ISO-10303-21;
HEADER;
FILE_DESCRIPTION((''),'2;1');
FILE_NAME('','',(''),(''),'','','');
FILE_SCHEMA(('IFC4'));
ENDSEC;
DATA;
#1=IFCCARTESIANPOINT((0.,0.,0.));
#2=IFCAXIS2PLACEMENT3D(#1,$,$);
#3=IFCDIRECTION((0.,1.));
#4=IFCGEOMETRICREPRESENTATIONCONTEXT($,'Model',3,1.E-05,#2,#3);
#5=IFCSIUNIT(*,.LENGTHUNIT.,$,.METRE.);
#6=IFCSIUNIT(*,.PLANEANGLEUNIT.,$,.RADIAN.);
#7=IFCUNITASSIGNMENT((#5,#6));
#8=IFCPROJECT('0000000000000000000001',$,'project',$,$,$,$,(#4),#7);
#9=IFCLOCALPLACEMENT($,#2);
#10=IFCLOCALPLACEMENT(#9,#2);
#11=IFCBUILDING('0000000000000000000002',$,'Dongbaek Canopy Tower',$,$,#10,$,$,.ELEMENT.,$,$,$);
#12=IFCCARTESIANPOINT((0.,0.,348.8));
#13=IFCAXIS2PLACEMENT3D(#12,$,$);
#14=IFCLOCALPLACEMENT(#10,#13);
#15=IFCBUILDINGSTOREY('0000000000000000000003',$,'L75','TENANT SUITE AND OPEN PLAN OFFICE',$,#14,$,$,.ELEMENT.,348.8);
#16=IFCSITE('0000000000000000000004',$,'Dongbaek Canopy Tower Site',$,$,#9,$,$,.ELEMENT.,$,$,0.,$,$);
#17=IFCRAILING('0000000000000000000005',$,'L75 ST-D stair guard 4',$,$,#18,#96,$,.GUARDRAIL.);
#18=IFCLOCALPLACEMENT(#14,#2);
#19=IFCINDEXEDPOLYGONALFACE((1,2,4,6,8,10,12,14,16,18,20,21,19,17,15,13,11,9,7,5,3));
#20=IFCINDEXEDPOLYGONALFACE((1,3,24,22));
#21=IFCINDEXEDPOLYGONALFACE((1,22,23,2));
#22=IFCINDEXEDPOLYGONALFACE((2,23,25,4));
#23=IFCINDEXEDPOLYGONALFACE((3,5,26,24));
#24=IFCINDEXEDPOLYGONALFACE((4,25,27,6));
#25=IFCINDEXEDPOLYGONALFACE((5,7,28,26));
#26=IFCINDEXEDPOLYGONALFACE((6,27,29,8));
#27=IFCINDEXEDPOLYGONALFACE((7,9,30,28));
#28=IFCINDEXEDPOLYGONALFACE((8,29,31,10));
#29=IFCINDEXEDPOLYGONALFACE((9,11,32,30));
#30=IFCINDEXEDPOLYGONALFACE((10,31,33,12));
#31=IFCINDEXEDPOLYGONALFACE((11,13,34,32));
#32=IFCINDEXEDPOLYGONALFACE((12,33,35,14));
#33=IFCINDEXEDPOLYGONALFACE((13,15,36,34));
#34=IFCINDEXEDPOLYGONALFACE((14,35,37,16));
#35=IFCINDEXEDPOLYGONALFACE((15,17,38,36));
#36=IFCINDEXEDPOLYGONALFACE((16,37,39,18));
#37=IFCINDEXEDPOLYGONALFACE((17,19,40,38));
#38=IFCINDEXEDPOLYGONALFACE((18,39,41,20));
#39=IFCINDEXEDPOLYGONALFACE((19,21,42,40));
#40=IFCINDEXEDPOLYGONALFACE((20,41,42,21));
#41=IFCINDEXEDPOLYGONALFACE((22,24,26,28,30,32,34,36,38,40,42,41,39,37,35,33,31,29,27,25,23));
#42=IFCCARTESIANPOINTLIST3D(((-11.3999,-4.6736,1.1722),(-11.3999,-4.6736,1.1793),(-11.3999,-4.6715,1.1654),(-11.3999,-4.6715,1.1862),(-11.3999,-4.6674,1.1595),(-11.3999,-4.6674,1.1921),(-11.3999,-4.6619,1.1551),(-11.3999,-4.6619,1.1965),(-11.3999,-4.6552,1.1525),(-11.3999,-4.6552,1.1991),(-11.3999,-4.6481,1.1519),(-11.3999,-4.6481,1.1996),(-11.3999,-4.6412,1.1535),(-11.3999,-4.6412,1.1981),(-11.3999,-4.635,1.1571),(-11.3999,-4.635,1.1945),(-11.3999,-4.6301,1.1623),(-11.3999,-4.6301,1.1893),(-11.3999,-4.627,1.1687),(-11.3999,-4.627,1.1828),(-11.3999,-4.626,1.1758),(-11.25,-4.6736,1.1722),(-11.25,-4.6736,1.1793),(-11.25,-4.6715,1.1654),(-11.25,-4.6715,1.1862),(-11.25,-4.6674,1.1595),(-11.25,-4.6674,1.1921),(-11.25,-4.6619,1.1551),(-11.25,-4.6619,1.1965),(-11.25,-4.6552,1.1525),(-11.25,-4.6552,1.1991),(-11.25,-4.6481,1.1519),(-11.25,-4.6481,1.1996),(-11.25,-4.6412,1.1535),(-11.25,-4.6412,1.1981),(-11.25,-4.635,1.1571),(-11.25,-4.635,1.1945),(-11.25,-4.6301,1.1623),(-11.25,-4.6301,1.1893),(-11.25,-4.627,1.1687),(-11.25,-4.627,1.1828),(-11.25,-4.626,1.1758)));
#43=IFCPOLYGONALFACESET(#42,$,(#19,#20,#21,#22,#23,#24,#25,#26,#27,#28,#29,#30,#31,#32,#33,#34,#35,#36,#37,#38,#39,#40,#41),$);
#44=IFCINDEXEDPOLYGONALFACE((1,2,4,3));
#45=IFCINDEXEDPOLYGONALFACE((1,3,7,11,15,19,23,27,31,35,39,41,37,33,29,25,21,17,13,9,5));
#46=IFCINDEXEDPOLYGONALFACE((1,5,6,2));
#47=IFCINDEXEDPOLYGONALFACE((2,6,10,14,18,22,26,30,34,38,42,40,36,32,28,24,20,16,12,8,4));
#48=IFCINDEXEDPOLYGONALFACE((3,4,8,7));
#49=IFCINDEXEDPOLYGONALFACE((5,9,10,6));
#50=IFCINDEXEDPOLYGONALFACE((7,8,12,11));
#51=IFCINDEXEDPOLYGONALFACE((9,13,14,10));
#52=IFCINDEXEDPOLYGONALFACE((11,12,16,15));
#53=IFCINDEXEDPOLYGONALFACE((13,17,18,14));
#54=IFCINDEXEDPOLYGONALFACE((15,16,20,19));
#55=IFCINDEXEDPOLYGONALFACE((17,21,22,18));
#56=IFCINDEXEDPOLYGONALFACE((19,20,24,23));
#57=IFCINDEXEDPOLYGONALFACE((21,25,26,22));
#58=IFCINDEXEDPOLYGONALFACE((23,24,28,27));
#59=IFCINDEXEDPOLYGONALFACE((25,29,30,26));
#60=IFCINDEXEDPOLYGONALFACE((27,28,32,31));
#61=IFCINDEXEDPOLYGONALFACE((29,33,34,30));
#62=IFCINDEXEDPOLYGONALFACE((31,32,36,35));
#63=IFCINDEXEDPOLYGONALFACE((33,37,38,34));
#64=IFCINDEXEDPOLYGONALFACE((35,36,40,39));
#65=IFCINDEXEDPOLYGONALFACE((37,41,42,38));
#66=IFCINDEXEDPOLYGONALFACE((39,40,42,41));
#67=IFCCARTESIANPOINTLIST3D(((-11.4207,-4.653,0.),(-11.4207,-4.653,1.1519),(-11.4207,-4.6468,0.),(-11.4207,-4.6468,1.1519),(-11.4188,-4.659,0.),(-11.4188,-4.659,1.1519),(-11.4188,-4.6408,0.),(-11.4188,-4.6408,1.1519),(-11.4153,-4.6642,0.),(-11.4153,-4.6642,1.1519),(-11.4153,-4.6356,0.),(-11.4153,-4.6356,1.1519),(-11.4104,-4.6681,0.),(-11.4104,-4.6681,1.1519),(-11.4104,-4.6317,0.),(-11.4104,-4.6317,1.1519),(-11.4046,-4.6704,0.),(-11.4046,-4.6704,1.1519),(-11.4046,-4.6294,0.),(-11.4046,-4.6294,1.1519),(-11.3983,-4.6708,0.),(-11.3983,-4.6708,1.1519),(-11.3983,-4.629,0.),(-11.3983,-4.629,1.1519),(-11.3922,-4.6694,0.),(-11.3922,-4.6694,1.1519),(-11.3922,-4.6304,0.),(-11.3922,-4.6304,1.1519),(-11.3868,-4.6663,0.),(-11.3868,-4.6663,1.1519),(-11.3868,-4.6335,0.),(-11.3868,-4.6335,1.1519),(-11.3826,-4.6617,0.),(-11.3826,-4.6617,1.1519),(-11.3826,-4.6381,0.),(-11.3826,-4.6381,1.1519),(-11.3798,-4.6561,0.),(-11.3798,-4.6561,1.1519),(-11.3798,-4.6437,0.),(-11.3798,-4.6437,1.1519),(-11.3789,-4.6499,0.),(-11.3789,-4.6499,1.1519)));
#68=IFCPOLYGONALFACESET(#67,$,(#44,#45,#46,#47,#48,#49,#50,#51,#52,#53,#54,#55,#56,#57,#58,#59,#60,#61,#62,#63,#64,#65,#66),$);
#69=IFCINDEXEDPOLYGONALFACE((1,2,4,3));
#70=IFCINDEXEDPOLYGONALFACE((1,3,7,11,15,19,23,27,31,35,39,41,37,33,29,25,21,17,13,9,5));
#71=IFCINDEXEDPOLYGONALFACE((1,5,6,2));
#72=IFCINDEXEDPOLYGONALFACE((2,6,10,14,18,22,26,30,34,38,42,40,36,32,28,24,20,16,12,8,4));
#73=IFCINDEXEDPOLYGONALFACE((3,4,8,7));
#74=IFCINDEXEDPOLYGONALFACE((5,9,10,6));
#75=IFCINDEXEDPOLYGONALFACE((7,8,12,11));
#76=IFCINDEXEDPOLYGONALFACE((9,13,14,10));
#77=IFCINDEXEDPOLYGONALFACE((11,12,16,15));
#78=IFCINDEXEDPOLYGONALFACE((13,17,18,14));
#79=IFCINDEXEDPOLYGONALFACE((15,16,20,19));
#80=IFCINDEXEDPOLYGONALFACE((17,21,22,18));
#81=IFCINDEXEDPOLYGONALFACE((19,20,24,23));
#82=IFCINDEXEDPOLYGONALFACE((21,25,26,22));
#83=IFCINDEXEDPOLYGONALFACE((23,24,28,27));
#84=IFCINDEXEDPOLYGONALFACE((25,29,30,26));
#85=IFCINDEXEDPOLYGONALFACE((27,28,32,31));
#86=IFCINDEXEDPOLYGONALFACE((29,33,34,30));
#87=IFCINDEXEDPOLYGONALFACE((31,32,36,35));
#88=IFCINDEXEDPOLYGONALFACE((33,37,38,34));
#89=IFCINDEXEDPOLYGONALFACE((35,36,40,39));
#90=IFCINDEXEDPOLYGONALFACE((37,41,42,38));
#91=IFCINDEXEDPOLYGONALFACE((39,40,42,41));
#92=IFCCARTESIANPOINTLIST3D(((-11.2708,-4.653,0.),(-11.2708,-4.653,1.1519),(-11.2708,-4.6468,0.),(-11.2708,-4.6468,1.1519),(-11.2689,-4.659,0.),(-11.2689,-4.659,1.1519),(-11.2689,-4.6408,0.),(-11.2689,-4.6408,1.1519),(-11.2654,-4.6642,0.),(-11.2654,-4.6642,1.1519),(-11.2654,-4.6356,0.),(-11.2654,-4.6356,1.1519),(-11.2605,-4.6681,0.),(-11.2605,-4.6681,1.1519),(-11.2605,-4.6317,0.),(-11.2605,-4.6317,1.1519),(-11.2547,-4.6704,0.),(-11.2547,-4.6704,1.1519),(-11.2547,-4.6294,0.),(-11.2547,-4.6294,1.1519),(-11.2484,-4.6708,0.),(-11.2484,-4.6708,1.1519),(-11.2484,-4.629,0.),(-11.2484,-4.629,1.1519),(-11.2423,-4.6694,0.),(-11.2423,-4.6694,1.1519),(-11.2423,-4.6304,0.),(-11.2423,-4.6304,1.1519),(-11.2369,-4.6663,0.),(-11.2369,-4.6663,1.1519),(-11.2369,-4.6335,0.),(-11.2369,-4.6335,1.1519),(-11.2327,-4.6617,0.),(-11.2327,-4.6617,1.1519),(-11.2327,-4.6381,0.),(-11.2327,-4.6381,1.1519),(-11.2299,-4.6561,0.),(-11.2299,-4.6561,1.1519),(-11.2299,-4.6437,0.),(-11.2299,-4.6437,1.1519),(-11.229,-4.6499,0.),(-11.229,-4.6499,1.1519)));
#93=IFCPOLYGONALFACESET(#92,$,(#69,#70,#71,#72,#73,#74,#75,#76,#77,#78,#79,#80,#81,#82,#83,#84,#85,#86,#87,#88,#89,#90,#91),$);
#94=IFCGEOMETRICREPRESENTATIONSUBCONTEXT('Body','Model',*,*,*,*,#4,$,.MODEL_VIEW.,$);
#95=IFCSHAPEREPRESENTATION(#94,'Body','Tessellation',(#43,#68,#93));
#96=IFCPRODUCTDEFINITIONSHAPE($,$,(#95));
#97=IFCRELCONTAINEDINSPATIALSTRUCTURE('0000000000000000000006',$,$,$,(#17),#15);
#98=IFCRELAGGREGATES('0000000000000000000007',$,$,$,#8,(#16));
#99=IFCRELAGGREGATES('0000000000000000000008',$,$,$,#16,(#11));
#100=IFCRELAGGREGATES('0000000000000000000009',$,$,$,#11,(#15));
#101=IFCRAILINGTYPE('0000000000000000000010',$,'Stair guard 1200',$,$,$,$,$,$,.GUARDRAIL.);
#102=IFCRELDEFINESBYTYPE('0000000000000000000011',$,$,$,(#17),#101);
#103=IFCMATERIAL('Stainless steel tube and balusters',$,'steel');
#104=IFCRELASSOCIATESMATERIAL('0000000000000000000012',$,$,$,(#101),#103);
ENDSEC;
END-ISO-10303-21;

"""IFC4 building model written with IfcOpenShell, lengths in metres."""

from ifc_helpers import new_model, si_unit, direction, frame, origin, origin_2d, place, context, subcontext, project, spatial, circle, extrude, material, type_object, element, save


model = new_model("IFC4")

# Units and contexts
model_context = context("Model", 3, precision=1e-05, world=origin(), true_north=direction((0.0, 1.0)))
body_context = subcontext(model_context, "Body", "Model", "MODEL_VIEW")
ifc_project = project(units=[si_unit("LENGTHUNIT", "METRE"), si_unit("PLANEANGLEUNIT", "RADIAN")], contexts=[model_context])

# Site, building, storey
site_placement = place(None, origin())
site = spatial("IfcSite", under=ifc_project, at=site_placement, Name="Dongbaek Canopy Tower Site", CompositionType="ELEMENT", RefElevation=0.0)
building_placement = place(site_placement, origin())
building = spatial("IfcBuilding", under=site, at=building_placement, Name="Dongbaek Canopy Tower", CompositionType="ELEMENT")
storey_placement = place(building_placement, frame((0.0, 0.0, 348.8)))
storey = spatial("IfcBuildingStorey", under=building, at=storey_placement, Name="L75", Description="TENANT SUITE AND OPEN PLAN OFFICE", CompositionType="ELEMENT", Elevation=348.8)

# Railing
ifc_material_1 = material(Name="Stainless steel tube and balusters", Category="steel")
railing_type_1 = type_object("IfcRailingType", Name="Stair guard 1200", PredefinedType="GUARDRAIL", material=ifc_material_1)
railing_1_placement = place(storey_placement, frame((-11.3999, -4.6499, 0.0)))
element("IfcRailing", 1, at=railing_1_placement, inside=storey, type_object=railing_type_1, Name="L75 ST-D stair guard 4", PredefinedType="GUARDRAIL", context=body_context, shape_type="SweptSolid", body=[
    extrude(circle(Radius=0.0239, at=origin_2d()), frame((0.0, 0.0, 1.1758), z_axis=(1.0, 0.0, 0.0), x_axis=(0.0, 1.0, 0.0)), (0.0, 0.0, 1.0), 0.1499),
    extrude(circle(Radius=0.021, at=origin_2d()), origin(), (0.0, 0.0, 1.0), 1.1519),
    extrude(circle(Radius=0.021, at=origin_2d()), frame((0.1499, 0.0, 0.0)), (0.0, 0.0, 1.0), 1.1519),
])

save(model, "model.ifc")
